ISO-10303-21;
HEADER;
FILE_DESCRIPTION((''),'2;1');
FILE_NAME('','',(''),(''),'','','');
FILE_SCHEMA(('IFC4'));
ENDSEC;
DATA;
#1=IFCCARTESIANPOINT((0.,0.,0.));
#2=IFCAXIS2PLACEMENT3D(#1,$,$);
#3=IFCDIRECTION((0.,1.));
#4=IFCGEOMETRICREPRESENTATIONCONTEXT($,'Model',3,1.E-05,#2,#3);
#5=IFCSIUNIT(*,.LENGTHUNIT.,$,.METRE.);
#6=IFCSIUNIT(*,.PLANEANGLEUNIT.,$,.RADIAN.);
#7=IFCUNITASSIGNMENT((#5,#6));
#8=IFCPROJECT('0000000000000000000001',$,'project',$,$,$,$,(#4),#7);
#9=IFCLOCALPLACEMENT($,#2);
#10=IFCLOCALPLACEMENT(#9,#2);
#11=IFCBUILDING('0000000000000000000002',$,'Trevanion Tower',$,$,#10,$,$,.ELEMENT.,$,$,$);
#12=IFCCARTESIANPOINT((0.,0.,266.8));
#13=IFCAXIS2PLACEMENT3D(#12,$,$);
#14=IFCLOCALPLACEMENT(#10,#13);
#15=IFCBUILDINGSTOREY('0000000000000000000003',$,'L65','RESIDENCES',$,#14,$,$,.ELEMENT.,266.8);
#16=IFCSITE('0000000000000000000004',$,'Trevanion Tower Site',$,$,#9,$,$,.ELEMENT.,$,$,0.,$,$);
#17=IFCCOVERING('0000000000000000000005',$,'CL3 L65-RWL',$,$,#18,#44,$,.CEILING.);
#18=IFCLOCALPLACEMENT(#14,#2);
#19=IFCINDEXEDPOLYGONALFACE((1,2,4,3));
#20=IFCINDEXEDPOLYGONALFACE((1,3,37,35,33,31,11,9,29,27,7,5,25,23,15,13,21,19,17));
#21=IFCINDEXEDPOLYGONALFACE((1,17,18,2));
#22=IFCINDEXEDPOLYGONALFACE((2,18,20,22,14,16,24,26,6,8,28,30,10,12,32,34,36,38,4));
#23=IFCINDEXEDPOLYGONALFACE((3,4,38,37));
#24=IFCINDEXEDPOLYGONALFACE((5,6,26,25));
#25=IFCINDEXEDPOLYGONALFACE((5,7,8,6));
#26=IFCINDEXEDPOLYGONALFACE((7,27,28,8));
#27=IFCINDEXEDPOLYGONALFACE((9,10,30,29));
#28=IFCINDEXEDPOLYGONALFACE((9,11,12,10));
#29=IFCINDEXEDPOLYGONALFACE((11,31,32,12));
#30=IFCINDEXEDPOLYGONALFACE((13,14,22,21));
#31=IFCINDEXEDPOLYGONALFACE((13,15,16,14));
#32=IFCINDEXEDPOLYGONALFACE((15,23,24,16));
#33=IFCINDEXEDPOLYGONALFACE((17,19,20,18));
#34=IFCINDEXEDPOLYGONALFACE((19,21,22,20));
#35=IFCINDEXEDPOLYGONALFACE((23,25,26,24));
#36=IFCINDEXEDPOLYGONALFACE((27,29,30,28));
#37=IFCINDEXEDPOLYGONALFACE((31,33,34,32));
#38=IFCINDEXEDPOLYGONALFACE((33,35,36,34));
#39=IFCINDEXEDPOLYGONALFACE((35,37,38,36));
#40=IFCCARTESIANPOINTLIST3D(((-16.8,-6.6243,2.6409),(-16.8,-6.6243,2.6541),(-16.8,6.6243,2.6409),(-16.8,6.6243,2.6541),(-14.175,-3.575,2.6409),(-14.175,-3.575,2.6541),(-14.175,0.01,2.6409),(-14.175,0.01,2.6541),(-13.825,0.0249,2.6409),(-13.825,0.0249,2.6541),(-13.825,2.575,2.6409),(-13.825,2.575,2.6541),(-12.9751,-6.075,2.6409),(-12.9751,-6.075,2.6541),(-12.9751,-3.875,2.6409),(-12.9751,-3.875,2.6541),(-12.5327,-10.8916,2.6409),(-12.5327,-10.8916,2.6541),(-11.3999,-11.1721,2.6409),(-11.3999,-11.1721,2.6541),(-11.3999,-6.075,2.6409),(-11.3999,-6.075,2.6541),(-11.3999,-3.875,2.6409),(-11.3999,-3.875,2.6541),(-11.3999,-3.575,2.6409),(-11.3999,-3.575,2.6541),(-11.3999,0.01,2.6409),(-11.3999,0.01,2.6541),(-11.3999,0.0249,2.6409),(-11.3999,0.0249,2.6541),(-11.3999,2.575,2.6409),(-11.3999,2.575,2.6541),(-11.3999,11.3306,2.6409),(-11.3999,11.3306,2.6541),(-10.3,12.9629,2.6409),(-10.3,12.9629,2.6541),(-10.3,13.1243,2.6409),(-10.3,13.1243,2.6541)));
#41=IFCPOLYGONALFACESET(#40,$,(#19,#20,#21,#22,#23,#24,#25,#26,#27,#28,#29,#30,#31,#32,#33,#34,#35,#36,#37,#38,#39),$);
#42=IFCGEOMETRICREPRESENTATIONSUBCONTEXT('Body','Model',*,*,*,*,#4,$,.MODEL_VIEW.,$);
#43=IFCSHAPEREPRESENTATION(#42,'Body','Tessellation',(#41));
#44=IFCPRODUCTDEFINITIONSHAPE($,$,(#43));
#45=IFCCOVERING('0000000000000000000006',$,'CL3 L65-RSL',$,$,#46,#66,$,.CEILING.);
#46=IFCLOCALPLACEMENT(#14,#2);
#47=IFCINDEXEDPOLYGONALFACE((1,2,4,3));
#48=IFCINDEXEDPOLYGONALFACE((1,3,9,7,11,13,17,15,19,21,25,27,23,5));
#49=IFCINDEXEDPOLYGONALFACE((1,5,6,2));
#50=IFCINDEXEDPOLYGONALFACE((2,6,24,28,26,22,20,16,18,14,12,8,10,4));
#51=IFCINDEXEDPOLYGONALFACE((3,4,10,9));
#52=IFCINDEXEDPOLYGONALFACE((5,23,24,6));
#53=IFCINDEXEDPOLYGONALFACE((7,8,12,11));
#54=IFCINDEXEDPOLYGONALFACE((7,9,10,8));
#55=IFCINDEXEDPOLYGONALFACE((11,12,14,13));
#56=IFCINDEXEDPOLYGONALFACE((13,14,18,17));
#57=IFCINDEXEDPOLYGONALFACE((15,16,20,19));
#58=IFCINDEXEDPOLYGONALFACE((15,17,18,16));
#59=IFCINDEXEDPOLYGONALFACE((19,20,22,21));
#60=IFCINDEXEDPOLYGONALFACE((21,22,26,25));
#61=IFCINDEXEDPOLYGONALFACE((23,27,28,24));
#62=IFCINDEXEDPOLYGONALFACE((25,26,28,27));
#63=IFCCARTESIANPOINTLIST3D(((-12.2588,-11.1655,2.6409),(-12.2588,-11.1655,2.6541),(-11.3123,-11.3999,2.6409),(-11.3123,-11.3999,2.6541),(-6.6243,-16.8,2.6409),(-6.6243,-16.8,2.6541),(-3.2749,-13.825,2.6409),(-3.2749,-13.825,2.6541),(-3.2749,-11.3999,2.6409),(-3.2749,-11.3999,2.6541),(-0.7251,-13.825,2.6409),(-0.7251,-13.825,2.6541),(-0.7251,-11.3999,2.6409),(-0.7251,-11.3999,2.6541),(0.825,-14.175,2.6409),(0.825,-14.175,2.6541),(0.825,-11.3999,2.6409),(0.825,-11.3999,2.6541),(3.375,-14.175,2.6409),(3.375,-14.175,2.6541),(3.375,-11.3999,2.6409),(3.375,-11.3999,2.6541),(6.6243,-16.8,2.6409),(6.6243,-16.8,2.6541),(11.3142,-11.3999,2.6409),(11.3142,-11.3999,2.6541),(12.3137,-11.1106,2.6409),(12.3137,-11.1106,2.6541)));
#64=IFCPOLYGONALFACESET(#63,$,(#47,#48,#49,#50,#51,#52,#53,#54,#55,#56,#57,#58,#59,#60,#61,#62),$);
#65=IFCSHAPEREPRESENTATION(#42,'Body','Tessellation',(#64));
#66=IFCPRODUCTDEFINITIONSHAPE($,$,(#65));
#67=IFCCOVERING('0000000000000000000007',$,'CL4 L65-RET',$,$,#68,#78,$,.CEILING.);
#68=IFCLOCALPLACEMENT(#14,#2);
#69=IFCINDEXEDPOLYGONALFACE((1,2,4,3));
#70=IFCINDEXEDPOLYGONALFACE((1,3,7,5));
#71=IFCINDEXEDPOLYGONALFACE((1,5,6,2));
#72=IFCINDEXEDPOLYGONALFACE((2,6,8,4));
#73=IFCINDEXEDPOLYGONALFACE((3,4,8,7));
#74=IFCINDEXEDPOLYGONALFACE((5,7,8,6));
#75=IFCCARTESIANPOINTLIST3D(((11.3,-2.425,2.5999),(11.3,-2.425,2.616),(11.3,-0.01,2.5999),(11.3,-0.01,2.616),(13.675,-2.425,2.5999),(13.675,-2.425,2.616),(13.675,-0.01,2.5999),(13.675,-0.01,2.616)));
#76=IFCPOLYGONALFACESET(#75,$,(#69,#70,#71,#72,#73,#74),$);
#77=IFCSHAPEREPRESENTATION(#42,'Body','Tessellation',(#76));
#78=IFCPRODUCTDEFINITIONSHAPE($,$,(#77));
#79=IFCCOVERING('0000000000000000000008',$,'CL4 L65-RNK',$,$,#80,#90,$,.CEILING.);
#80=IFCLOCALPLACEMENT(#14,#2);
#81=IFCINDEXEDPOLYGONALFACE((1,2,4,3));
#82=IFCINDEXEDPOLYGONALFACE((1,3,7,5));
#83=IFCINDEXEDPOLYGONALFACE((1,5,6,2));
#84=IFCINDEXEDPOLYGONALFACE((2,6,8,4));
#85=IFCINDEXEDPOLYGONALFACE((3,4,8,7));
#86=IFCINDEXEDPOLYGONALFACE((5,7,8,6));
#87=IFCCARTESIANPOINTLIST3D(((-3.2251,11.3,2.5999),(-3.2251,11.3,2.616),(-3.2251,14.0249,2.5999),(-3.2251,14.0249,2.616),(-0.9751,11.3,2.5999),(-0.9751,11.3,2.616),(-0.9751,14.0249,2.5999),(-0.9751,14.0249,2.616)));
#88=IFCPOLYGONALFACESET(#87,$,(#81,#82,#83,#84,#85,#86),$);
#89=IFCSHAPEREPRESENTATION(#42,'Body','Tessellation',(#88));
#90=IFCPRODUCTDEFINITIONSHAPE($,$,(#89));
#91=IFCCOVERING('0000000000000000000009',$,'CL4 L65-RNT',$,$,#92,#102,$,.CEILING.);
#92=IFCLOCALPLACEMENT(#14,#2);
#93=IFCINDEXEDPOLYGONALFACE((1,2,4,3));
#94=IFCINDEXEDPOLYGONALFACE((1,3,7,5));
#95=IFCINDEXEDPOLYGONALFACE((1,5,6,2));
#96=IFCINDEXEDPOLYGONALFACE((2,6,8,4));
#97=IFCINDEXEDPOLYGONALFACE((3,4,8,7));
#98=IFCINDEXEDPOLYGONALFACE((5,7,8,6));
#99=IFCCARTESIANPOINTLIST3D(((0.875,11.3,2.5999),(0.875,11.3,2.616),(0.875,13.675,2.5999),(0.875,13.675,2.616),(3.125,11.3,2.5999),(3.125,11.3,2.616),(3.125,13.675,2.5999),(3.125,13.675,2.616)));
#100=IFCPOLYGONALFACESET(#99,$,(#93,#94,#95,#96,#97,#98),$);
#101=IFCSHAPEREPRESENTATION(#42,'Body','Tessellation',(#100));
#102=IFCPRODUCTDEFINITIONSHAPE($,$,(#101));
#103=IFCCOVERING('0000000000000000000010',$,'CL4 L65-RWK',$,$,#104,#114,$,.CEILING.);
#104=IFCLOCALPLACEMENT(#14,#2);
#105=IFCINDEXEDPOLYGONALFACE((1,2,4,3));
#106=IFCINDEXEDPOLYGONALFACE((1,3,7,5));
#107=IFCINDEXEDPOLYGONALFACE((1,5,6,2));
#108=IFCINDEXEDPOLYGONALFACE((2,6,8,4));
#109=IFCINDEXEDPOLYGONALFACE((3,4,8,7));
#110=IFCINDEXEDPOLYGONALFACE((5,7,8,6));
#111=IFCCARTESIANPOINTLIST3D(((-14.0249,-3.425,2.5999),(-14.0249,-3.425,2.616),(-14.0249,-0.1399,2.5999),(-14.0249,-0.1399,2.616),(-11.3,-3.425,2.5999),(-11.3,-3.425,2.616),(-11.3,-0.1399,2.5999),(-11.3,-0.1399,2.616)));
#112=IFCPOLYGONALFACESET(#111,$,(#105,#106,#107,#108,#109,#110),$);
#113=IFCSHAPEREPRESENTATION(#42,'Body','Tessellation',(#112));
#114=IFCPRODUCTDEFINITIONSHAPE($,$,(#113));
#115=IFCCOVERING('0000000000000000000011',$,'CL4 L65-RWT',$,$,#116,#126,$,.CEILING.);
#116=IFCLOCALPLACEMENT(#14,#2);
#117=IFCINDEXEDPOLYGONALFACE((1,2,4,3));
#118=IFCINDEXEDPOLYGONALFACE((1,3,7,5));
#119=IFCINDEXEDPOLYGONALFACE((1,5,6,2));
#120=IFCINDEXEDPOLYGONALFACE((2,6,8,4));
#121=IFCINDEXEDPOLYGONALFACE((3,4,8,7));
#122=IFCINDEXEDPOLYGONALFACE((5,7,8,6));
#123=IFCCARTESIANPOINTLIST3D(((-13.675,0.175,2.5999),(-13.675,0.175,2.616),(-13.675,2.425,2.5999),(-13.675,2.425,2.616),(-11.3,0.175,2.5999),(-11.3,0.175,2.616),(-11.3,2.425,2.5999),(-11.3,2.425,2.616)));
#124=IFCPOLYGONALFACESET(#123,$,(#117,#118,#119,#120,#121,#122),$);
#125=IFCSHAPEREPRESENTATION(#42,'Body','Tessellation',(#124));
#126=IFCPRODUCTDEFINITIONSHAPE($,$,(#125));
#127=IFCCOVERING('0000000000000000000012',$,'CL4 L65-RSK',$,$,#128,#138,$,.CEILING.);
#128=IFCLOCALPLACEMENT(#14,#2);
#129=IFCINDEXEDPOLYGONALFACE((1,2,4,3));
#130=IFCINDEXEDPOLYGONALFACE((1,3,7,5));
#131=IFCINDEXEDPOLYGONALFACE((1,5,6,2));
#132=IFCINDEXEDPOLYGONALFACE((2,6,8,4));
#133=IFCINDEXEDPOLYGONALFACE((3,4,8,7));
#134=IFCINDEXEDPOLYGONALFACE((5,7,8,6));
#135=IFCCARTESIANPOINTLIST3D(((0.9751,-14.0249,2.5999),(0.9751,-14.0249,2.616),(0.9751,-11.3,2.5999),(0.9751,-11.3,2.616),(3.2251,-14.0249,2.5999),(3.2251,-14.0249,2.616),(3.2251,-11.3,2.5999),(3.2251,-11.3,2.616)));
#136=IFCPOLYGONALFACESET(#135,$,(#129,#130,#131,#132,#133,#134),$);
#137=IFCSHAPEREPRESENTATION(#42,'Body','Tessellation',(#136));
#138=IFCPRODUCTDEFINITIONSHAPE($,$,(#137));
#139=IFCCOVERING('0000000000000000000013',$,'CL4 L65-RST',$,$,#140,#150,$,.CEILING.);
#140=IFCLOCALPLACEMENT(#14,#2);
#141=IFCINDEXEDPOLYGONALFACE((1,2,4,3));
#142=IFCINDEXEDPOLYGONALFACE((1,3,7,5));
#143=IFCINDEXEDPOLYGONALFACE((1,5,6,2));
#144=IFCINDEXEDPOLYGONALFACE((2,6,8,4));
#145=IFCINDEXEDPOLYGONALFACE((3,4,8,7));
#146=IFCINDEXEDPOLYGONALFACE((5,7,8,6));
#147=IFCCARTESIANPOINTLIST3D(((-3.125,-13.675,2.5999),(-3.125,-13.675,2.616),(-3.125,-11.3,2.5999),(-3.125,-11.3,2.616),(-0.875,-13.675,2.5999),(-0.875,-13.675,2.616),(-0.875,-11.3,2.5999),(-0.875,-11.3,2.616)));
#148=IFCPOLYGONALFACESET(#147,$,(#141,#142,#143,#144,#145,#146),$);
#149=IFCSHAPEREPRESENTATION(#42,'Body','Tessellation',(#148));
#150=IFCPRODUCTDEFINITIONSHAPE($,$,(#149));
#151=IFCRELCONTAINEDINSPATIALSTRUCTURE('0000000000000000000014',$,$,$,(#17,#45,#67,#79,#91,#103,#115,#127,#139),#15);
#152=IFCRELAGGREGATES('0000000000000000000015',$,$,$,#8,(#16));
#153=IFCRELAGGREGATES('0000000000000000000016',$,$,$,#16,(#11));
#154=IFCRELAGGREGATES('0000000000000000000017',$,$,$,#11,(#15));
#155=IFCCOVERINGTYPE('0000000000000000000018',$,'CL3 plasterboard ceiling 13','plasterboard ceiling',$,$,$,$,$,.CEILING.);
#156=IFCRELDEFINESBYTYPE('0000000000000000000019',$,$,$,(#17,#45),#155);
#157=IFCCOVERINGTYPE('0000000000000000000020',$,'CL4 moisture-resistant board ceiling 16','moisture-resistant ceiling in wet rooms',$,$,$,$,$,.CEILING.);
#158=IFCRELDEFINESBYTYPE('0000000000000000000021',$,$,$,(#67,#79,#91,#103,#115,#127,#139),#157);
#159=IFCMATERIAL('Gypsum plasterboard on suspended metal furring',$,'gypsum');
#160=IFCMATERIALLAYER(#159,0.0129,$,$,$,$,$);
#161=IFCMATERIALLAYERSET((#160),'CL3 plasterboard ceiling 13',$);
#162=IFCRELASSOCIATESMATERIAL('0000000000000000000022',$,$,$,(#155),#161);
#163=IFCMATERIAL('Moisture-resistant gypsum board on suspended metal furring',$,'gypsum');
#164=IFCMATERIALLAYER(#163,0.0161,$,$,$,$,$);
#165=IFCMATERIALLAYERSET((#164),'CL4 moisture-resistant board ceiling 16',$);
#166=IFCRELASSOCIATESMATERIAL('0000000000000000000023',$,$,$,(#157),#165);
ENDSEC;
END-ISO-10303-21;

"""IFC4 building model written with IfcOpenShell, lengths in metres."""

from ifc_helpers import new_model, si_unit, direction, frame, origin, place, context, subcontext, project, spatial, polyline, outline, extrude, material, layer, layer_set, type_object, element, save


model = new_model("IFC4")

# Units and contexts
model_context = context("Model", 3, precision=1e-05, world=origin(), true_north=direction((0.0, 1.0)))
body_context = subcontext(model_context, "Body", "Model", "MODEL_VIEW")
ifc_project = project(units=[si_unit("LENGTHUNIT", "METRE"), si_unit("PLANEANGLEUNIT", "RADIAN")], contexts=[model_context])

# Site, building, storey
site_placement = place(None, origin())
site = spatial("IfcSite", under=ifc_project, at=site_placement, Name="Trevanion Tower Site", CompositionType="ELEMENT", RefElevation=0.0)
building_placement = place(site_placement, origin())
building = spatial("IfcBuilding", under=site, at=building_placement, Name="Trevanion Tower", CompositionType="ELEMENT")
storey_placement = place(building_placement, frame((0.0, 0.0, 266.8)))
storey = spatial("IfcBuildingStorey", under=building, at=storey_placement, Name="L65", Description="RESIDENCES", CompositionType="ELEMENT", Elevation=266.8)

# Coverings
ifc_material_1 = material(Name="Gypsum plasterboard on suspended metal furring", Category="gypsum")
ifc_layer_1 = layer(ifc_material_1, 0.0129)
ifc_layer_set_1 = layer_set([ifc_layer_1], Name="CL3 plasterboard ceiling 13")
covering_type_1 = type_object("IfcCoveringType", Name="CL3 plasterboard ceiling 13", Description="plasterboard ceiling", PredefinedType="CEILING", material=ifc_layer_set_1)
covering_1_placement = place(storey_placement, frame((0.0, 0.0, 2.6409)))
element("IfcCovering", 1, at=covering_1_placement, inside=storey, type_object=covering_type_1, Name="CL3 L65-RWL", PredefinedType="CEILING", context=body_context, shape_type="SweptSolid", body=[
    extrude(outline(polyline([(-10.3, 13.1243), (-10.3, 12.9629), (-11.3999, 11.3306), (-11.3999, 2.575), (-13.825, 2.575), (-13.825, 0.0249), (-11.3999, 0.0249), (-11.3999, 0.01), (-14.175, 0.01), (-14.175, -3.575), (-11.3999, -3.575), (-11.3999, -3.875), (-12.9751, -3.875), (-12.9751, -6.075), (-11.3999, -6.075), (-11.3999, -11.1721), (-12.5327, -10.8916), (-16.8, -6.6243), (-16.8, 6.6243), (-10.3, 13.1243)])), origin(), (0.0, 0.0, 1.0), 0.0132),
])
covering_2_placement = place(storey_placement, frame((0.0, 0.0, 2.6409)))
element("IfcCovering", 2, at=covering_2_placement, inside=storey, type_object=covering_type_1, Name="CL3 L65-RSL", PredefinedType="CEILING", context=body_context, shape_type="SweptSolid", body=[
    extrude(outline(polyline([(-11.3123, -11.3999), (-3.2749, -11.3999), (-3.2749, -13.825), (-0.7251, -13.825), (-0.7251, -11.3999), (0.825, -11.3999), (0.825, -14.175), (3.375, -14.175), (3.375, -11.3999), (11.3142, -11.3999), (12.3137, -11.1106), (6.6243, -16.8), (-6.6243, -16.8), (-12.2588, -11.1655), (-11.3123, -11.3999)])), origin(), (0.0, 0.0, 1.0), 0.0132),
])
ifc_material_2 = material(Name="Moisture-resistant gypsum board on suspended metal furring", Category="gypsum")
ifc_layer_2 = layer(ifc_material_2, 0.0161)
ifc_layer_set_2 = layer_set([ifc_layer_2], Name="CL4 moisture-resistant board ceiling 16")
covering_type_2 = type_object("IfcCoveringType", Name="CL4 moisture-resistant board ceiling 16", Description="moisture-resistant ceiling in wet rooms", PredefinedType="CEILING", material=ifc_layer_set_2)
covering_3_placement = place(storey_placement, frame((0.0, 0.0, 2.5999)))
element("IfcCovering", 3, at=covering_3_placement, inside=storey, type_object=covering_type_2, Name="CL4 L65-RET", PredefinedType="CEILING", context=body_context, shape_type="SweptSolid", body=[
    extrude(outline(polyline([(13.675, -2.425), (13.675, -0.01), (11.3, -0.01), (11.3, -2.425), (13.675, -2.425)])), origin(), (0.0, 0.0, 1.0), 0.0161),
])
covering_4_placement = place(storey_placement, frame((0.0, 0.0, 2.5999)))
element("IfcCovering", 4, at=covering_4_placement, inside=storey, type_object=covering_type_2, Name="CL4 L65-RNK", PredefinedType="CEILING", context=body_context, shape_type="SweptSolid", body=[
    extrude(outline(polyline([(-0.9751, 14.0249), (-3.2251, 14.0249), (-3.2251, 11.3), (-0.9751, 11.3), (-0.9751, 14.0249)])), origin(), (0.0, 0.0, 1.0), 0.0161),
])
covering_5_placement = place(storey_placement, frame((0.0, 0.0, 2.5999)))
element("IfcCovering", 5, at=covering_5_placement, inside=storey, type_object=covering_type_2, Name="CL4 L65-RNT", PredefinedType="CEILING", context=body_context, shape_type="SweptSolid", body=[
    extrude(outline(polyline([(3.125, 13.675), (0.875, 13.675), (0.875, 11.3), (3.125, 11.3), (3.125, 13.675)])), origin(), (0.0, 0.0, 1.0), 0.0161),
])
covering_6_placement = place(storey_placement, frame((0.0, 0.0, 2.5999)))
element("IfcCovering", 6, at=covering_6_placement, inside=storey, type_object=covering_type_2, Name="CL4 L65-RWK", PredefinedType="CEILING", context=body_context, shape_type="SweptSolid", body=[
    extrude(outline(polyline([(-14.0249, -0.1399), (-14.0249, -3.425), (-11.3, -3.425), (-11.3, -0.1399), (-14.0249, -0.1399)])), origin(), (0.0, 0.0, 1.0), 0.0161),
])
covering_7_placement = place(storey_placement, frame((0.0, 0.0, 2.5999)))
element("IfcCovering", 7, at=covering_7_placement, inside=storey, type_object=covering_type_2, Name="CL4 L65-RWT", PredefinedType="CEILING", context=body_context, shape_type="SweptSolid", body=[
    extrude(outline(polyline([(-13.675, 2.425), (-13.675, 0.175), (-11.3, 0.175), (-11.3, 2.425), (-13.675, 2.425)])), origin(), (0.0, 0.0, 1.0), 0.0161),
])
covering_8_placement = place(storey_placement, frame((0.0, 0.0, 2.5999)))
element("IfcCovering", 8, at=covering_8_placement, inside=storey, type_object=covering_type_2, Name="CL4 L65-RSK", PredefinedType="CEILING", context=body_context, shape_type="SweptSolid", body=[
    extrude(outline(polyline([(0.9751, -14.0249), (3.2251, -14.0249), (3.2251, -11.3), (0.9751, -11.3), (0.9751, -14.0249)])), origin(), (0.0, 0.0, 1.0), 0.0161),
])
covering_9_placement = place(storey_placement, frame((0.0, 0.0, 2.5999)))
element("IfcCovering", 9, at=covering_9_placement, inside=storey, type_object=covering_type_2, Name="CL4 L65-RST", PredefinedType="CEILING", context=body_context, shape_type="SweptSolid", body=[
    extrude(outline(polyline([(-3.125, -13.675), (-0.875, -13.675), (-0.875, -11.3), (-3.125, -11.3), (-3.125, -13.675)])), origin(), (0.0, 0.0, 1.0), 0.0161),
])

save(model, "model.ifc")
